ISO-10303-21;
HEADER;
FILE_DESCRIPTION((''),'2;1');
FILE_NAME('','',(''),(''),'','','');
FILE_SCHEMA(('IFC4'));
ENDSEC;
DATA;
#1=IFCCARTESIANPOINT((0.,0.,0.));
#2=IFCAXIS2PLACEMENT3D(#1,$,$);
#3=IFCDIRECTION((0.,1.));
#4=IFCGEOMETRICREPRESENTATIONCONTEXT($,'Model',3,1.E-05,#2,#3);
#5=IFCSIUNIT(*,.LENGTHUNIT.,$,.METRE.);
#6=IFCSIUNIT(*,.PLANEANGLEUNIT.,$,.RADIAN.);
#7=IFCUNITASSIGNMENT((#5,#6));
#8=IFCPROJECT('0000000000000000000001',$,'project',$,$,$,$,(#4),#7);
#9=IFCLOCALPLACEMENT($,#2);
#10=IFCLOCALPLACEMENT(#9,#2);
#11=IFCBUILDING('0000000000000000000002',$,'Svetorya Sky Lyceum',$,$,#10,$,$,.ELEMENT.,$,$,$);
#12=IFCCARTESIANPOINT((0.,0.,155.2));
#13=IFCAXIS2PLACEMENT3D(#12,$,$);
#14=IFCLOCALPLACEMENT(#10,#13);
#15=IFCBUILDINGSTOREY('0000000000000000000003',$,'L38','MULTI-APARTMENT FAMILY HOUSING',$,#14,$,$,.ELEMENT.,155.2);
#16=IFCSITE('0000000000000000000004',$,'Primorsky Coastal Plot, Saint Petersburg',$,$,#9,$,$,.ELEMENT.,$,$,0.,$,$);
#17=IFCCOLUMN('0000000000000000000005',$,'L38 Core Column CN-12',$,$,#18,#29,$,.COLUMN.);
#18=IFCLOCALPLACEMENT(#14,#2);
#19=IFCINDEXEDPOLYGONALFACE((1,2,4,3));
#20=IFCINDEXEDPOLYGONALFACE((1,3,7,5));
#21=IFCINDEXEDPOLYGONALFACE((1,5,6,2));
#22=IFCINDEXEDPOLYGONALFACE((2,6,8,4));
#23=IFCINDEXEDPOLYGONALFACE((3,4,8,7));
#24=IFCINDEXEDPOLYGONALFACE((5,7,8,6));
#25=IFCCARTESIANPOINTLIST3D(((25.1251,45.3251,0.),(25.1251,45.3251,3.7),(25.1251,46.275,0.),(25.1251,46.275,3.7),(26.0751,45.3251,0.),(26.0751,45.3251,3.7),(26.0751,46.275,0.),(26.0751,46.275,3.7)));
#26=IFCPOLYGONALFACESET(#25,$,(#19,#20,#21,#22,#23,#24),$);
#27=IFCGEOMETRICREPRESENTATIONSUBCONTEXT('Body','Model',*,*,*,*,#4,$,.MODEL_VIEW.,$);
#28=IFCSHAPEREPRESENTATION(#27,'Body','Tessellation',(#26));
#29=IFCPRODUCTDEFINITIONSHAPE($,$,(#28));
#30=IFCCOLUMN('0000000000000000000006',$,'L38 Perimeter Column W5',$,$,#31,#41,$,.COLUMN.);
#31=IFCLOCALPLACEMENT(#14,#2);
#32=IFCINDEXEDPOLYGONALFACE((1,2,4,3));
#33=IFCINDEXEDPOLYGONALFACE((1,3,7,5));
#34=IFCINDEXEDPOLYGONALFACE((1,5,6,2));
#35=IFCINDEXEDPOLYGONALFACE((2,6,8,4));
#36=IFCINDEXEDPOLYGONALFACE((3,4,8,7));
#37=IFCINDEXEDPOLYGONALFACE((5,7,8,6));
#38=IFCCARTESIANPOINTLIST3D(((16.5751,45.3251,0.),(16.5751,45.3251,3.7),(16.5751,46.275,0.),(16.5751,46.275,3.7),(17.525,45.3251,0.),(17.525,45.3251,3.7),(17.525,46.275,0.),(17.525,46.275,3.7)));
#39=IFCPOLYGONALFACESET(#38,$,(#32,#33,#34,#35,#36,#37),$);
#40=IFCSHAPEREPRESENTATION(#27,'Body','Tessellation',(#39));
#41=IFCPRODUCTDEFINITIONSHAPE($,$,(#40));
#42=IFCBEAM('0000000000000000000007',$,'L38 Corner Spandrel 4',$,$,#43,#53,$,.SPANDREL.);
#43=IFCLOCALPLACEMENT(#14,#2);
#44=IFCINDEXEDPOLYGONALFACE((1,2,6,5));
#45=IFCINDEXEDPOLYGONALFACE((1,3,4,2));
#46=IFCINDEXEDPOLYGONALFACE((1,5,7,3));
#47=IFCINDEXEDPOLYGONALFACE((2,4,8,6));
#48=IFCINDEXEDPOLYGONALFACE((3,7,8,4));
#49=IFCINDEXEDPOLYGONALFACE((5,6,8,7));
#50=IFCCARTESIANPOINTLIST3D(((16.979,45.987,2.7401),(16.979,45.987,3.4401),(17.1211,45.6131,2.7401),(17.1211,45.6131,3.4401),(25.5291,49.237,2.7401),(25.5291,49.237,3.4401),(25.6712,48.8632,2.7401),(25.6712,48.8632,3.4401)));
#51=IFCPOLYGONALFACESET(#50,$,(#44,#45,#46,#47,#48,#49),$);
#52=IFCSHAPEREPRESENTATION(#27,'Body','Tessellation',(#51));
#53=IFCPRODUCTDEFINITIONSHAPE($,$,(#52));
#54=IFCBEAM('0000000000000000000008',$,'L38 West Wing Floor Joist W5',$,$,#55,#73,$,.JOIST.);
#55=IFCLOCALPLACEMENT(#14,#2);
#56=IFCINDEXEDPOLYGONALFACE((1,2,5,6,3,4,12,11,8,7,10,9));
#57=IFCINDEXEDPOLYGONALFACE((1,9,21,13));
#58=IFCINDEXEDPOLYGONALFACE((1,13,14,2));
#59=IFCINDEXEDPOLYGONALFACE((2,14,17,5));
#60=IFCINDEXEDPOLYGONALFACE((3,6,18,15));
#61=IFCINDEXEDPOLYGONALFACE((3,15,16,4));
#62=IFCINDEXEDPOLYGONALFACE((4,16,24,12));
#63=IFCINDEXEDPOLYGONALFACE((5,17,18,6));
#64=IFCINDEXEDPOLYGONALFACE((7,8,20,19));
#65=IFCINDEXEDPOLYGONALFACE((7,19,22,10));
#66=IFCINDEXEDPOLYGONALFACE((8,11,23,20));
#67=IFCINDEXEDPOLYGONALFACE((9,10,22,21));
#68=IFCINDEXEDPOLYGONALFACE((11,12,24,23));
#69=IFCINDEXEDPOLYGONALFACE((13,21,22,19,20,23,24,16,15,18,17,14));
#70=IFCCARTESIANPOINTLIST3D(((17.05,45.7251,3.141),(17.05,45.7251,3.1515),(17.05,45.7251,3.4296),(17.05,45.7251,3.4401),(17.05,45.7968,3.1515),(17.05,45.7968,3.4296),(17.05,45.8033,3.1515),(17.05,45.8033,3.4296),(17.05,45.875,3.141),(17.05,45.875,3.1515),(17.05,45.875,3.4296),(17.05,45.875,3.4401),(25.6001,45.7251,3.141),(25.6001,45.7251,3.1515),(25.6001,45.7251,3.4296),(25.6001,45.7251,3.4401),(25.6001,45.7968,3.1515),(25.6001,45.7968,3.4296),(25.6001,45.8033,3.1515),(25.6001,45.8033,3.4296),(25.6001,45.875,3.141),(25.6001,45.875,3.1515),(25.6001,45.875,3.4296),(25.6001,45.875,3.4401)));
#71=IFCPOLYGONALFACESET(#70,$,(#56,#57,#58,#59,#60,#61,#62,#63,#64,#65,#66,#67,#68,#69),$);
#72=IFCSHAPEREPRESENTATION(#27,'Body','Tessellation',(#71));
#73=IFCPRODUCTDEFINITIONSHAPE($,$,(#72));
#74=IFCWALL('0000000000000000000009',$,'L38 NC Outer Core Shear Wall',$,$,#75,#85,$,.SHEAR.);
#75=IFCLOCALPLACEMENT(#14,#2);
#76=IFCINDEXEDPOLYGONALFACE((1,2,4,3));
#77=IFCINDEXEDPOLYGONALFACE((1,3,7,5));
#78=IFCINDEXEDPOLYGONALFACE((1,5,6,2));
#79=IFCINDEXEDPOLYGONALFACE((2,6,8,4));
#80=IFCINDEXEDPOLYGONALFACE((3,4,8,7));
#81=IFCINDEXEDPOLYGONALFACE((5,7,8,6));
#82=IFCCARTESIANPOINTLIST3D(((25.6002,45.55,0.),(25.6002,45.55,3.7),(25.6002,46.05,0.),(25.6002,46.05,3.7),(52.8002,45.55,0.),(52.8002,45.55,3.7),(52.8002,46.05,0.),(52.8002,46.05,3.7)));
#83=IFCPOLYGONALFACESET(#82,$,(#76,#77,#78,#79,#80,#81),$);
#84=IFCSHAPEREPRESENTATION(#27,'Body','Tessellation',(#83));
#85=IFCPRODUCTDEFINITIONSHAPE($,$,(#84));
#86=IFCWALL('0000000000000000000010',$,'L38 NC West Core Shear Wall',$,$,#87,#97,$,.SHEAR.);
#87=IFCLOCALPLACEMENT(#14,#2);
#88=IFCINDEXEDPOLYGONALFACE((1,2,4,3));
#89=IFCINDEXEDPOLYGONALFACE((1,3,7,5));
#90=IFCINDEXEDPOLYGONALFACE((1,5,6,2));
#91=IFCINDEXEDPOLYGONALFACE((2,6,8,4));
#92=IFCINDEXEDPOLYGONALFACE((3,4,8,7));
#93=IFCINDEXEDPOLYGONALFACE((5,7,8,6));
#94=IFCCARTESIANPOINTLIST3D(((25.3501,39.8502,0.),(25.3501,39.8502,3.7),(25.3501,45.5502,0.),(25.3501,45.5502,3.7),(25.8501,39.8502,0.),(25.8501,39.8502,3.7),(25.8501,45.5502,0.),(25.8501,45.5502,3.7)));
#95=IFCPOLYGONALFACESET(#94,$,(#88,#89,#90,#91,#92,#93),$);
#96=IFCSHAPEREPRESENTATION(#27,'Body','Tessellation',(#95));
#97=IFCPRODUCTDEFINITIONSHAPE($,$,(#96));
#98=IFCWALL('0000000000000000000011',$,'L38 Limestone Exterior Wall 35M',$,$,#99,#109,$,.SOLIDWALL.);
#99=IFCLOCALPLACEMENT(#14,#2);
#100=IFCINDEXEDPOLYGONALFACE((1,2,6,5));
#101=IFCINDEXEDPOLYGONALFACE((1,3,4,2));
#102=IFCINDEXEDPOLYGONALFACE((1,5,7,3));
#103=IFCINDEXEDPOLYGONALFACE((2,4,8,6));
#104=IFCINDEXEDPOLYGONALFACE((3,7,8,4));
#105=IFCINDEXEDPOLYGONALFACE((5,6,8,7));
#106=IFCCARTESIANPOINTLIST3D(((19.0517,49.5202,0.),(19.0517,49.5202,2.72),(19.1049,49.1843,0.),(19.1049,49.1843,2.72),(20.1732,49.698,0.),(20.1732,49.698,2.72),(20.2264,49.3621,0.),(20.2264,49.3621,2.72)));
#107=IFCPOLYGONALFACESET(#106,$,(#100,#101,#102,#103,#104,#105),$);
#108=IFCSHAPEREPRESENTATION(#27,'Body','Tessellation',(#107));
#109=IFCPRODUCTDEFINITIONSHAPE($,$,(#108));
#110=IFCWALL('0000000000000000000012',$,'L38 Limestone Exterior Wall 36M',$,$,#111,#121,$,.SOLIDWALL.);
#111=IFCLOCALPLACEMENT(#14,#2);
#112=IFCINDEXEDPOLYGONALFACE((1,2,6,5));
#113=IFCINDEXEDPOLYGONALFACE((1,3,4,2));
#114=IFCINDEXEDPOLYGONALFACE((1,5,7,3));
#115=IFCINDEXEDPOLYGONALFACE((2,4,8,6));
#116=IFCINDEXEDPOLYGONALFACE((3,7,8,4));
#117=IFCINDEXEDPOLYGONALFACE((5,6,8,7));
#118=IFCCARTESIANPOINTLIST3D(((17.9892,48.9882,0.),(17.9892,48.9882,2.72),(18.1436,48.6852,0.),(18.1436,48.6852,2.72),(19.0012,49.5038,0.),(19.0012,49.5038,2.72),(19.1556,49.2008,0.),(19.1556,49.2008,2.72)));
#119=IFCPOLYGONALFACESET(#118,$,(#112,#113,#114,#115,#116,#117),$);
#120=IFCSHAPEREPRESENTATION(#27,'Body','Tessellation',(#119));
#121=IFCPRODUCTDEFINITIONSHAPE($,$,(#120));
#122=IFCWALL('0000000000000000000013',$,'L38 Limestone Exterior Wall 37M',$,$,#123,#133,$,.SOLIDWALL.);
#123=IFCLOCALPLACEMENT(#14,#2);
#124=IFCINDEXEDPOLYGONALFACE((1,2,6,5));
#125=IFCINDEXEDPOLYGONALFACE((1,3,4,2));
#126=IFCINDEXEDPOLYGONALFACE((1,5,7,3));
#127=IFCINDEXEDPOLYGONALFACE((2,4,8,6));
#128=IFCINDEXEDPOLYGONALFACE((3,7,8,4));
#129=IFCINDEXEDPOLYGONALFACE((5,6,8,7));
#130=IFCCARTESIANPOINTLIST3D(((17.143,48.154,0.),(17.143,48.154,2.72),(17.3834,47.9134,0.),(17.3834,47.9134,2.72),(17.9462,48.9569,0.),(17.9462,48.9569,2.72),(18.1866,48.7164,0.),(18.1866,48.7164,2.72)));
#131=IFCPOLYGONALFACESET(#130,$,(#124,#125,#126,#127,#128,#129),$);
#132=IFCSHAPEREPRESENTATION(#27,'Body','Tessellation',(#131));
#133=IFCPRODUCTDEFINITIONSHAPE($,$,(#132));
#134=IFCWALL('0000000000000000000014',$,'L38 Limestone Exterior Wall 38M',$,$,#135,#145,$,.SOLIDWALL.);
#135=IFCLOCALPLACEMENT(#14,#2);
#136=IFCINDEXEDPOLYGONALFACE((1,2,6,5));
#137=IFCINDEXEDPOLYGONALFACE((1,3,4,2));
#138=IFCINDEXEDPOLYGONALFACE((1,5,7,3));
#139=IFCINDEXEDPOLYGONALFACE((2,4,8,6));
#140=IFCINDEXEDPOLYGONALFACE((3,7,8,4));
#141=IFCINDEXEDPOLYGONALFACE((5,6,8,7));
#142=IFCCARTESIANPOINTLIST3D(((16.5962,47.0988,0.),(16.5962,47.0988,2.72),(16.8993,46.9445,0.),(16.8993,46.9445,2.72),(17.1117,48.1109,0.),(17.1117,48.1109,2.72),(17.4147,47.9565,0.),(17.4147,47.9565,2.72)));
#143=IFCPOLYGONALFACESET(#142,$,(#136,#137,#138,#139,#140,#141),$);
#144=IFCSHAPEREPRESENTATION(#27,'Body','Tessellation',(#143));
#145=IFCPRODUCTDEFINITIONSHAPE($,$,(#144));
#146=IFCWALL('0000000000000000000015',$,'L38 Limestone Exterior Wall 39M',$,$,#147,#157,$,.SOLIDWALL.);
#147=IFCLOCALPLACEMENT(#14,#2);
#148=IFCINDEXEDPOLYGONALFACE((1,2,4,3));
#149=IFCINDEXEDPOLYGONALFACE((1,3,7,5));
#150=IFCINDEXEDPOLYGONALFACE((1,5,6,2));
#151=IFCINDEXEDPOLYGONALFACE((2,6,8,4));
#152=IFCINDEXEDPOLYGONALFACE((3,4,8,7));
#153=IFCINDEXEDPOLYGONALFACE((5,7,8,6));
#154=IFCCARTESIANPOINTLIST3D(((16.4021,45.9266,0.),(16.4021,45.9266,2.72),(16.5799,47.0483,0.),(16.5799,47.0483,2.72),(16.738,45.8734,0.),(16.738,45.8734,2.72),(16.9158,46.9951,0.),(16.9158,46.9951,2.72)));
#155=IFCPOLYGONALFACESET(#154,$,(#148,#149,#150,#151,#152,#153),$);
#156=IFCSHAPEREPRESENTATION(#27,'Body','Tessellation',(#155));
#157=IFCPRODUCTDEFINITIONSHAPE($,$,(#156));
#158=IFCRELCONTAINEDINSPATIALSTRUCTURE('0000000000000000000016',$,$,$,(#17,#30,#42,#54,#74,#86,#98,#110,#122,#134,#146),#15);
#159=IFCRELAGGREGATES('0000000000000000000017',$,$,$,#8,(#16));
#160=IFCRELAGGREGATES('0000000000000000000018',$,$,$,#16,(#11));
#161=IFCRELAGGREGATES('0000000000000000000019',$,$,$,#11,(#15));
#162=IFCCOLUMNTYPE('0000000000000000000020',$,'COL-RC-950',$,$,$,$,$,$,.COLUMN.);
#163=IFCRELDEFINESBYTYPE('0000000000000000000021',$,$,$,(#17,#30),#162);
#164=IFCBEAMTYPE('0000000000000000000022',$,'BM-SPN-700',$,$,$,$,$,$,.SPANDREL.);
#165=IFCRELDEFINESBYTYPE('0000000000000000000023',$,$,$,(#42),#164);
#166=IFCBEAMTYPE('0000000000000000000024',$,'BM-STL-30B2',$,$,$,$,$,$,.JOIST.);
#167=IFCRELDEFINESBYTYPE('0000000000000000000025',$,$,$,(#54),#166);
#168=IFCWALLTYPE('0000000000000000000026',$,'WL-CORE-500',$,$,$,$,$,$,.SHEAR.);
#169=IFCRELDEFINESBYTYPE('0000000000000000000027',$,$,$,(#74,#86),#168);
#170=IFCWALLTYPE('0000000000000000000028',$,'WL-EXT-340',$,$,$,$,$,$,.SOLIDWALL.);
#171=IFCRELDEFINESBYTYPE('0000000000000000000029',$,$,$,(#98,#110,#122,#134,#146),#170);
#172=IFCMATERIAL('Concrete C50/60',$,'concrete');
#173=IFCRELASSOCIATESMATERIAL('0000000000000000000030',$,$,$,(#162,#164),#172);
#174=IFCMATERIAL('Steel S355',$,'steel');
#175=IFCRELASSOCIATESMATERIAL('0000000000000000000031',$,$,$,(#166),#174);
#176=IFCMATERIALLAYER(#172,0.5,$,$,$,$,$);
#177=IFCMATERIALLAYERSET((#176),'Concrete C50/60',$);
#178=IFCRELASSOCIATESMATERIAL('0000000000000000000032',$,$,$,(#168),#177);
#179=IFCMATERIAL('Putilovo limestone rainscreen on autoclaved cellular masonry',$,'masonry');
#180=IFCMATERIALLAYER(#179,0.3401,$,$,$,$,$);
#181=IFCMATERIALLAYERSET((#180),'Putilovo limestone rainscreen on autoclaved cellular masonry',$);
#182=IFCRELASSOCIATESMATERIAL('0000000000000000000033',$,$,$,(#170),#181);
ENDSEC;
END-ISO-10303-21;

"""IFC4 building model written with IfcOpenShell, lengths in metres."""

from ifc_helpers import new_model, si_unit, direction, frame, frame_2d, origin, origin_2d, place, context, subcontext, project, spatial, rectangle, i_section, extrude, material, layer, layer_set, material_profile, profile_set, type_object, element, save


model = new_model("IFC4")

# Units and contexts
model_context = context("Model", 3, precision=1e-05, world=origin(), true_north=direction((0.0, 1.0)))
body_context = subcontext(model_context, "Body", "Model", "MODEL_VIEW")
ifc_project = project(units=[si_unit("LENGTHUNIT", "METRE"), si_unit("PLANEANGLEUNIT", "RADIAN")], contexts=[model_context])

# Site, building, storey
site_placement = place(None, origin())
site = spatial("IfcSite", under=ifc_project, at=site_placement, Name="Primorsky Coastal Plot, Saint Petersburg", CompositionType="ELEMENT", RefElevation=0.0)
building_placement = place(site_placement, origin())
building = spatial("IfcBuilding", under=site, at=building_placement, Name="Svetorya Sky Lyceum", CompositionType="ELEMENT")
storey_placement = place(building_placement, frame((0.0, 0.0, 155.2)))
storey = spatial("IfcBuildingStorey", under=building, at=storey_placement, Name="L38", Description="MULTI-APARTMENT FAMILY HOUSING", CompositionType="ELEMENT", Elevation=155.2)

# Columns
ifc_material_1 = material(Name="Concrete C50/60", Category="concrete")
ifc_material_profile_1 = material_profile(ifc_material_1, rectangle(XDim=0.95, YDim=0.95, at=origin_2d()), Name="RC COL 950x950")
ifc_profile_set_1 = profile_set([ifc_material_profile_1], Name="Concrete C50/60")
column_type = type_object("IfcColumnType", Name="COL-RC-950", PredefinedType="COLUMN", material=ifc_profile_set_1)
for number, where, z_axis, x_axis, name in (
    (1, (25.6001, 45.8, 0.0), (0.0, 0.0, 1.0), (1.0, 0.0, 0.0), "L38 Core Column CN-12"),
    (2, (17.05, 45.8, 0.0), (0.0, 0.0, 1.0), (1.0, 0.0, 0.0), "L38 Perimeter Column W5"),
):
    element("IfcColumn", number, at=place(storey_placement, frame(where, z_axis=z_axis, x_axis=x_axis)), inside=storey, type_object=column_type, Name=name, PredefinedType="COLUMN", context=body_context, shape_type="SweptSolid", body=[
        extrude(rectangle(XDim=0.95, YDim=0.95, at=origin_2d()), origin(), (0.0, 0.0, 1.0), 3.7),
    ])

# Beams
ifc_material_profile_2 = material_profile(ifc_material_1, rectangle(XDim=0.3999, YDim=0.7, at=origin_2d()), Name="RC SPANDREL 400x700")
ifc_profile_set_2 = profile_set([ifc_material_profile_2], Name="Concrete C50/60")
beam_type_1 = type_object("IfcBeamType", Name="BM-SPN-700", PredefinedType="SPANDREL", material=ifc_profile_set_2)
beam_1_placement = place(storey_placement, frame((17.05, 45.8, 3.0901), z_axis=(0.934748, 0.355312, 0.0), x_axis=(-0.355312, 0.934748, 0.0)))
element("IfcBeam", 3, at=beam_1_placement, inside=storey, type_object=beam_type_1, Name="L38 Corner Spandrel 4", PredefinedType="SPANDREL", context=body_context, shape_type="SweptSolid", body=[
    extrude(rectangle(XDim=0.3999, YDim=0.7, at=origin_2d()), origin(), (0.0, 0.0, 1.0), 9.147),
])
ifc_material_2 = material(Name="Steel S355", Category="steel")
ifc_material_profile_3 = material_profile(ifc_material_2, i_section(OverallWidth=0.1499, OverallDepth=0.2991, WebThickness=0.0066, FlangeThickness=0.0105, at=origin_2d()), Name="GOST 30B2")
ifc_profile_set_3 = profile_set([ifc_material_profile_3], Name="Steel S355")
beam_type_2 = type_object("IfcBeamType", Name="BM-STL-30B2", PredefinedType="JOIST", material=ifc_profile_set_3)
beam_2_placement = place(storey_placement, frame((17.05, 45.8, 3.2905), z_axis=(1.0, 0.0, 0.0), x_axis=(0.0, 1.0, 0.0)))
element("IfcBeam", 4, at=beam_2_placement, inside=storey, type_object=beam_type_2, Name="L38 West Wing Floor Joist W5", PredefinedType="JOIST", context=body_context, shape_type="SweptSolid", body=[
    extrude(i_section(OverallWidth=0.1499, OverallDepth=0.2991, WebThickness=0.0066, FlangeThickness=0.0105, at=origin_2d()), origin(), (0.0, 0.0, 1.0), 8.55),
])

# Walls
ifc_layer_1 = layer(ifc_material_1, 0.5)
ifc_layer_set_1 = layer_set([ifc_layer_1], Name="Concrete C50/60")
wall_type_1 = type_object("IfcWallType", Name="WL-CORE-500", PredefinedType="SHEAR", material=ifc_layer_set_1)
wall_1_placement = place(storey_placement, frame((25.6001, 45.8, 0.0), z_axis=(0.0, 0.0, 1.0), x_axis=(1.0, 0.0, 0.0)))
element("IfcWall", 5, at=wall_1_placement, inside=storey, type_object=wall_type_1, Name="L38 NC Outer Core Shear Wall", PredefinedType="SHEAR", context=body_context, shape_type="SweptSolid", body=[
    extrude(rectangle(XDim=27.2, YDim=0.5, at=frame_2d((13.6001, 0.0))), origin(), (0.0, 0.0, 1.0), 3.7),
])
wall_2_placement = place(storey_placement, frame((25.6001, 39.8501, 0.0), z_axis=(0.0, 0.0, 1.0), x_axis=(0.0, 1.0, 0.0)))
element("IfcWall", 6, at=wall_2_placement, inside=storey, type_object=wall_type_1, Name="L38 NC West Core Shear Wall", PredefinedType="SHEAR", context=body_context, shape_type="SweptSolid", body=[
    extrude(rectangle(XDim=5.7, YDim=0.5, at=frame_2d((2.8501, 0.0))), origin(), (0.0, 0.0, 1.0), 3.7),
])
ifc_material_3 = material(Name="Putilovo limestone rainscreen on autoclaved cellular masonry", Category="masonry")
ifc_layer_2 = layer(ifc_material_3, 0.3401)
ifc_layer_set_2 = layer_set([ifc_layer_2], Name="Putilovo limestone rainscreen on autoclaved cellular masonry")
wall_type_2 = type_object("IfcWallType", Name="WL-EXT-340", PredefinedType="SOLIDWALL", material=ifc_layer_set_2)
wall_3_placement = place(storey_placement, frame((20.2, 49.53, 0.0), z_axis=(0.0, 0.0, 1.0), x_axis=(-0.987676, -0.156515, 0.0)))
element("IfcWall", 7, at=wall_3_placement, inside=storey, type_object=wall_type_2, Name="L38 Limestone Exterior Wall 35M", PredefinedType="SOLIDWALL", context=body_context, shape_type="SweptSolid", body=[
    extrude(rectangle(XDim=1.1355, YDim=0.3401, at=frame_2d((0.5679, 0.0))), origin(), (0.0, 0.0, 1.0), 2.72),
])
for number, where, z_axis, x_axis, name in (
    (8, (19.0784, 49.3523, 0.0), (0.0, 0.0, 1.0), (-0.891005, -0.453993, 0.0), "L38 Limestone Exterior Wall 36M"),
    (9, (18.0664, 48.8367, 0.0), (0.0, 0.0, 1.0), (-0.707214, -0.706999, 0.0), "L38 Limestone Exterior Wall 37M"),
    (10, (17.2632, 48.0337, 0.0), (0.0, 0.0, 1.0), (-0.453823, -0.891092, 0.0), "L38 Limestone Exterior Wall 38M"),
    (11, (16.7478, 47.0217, 0.0), (0.0, 0.0, 1.0), (-0.156481, -0.987681, 0.0), "L38 Limestone Exterior Wall 39M"),
):
    element("IfcWall", number, at=place(storey_placement, frame(where, z_axis=z_axis, x_axis=x_axis)), inside=storey, type_object=wall_type_2, Name=name, PredefinedType="SOLIDWALL", context=body_context, shape_type="SweptSolid", body=[
        extrude(rectangle(XDim=1.1357, YDim=0.3401, at=frame_2d((0.5679, 0.0))), origin(), (0.0, 0.0, 1.0), 2.72),
    ])

save(model, "model.ifc")
